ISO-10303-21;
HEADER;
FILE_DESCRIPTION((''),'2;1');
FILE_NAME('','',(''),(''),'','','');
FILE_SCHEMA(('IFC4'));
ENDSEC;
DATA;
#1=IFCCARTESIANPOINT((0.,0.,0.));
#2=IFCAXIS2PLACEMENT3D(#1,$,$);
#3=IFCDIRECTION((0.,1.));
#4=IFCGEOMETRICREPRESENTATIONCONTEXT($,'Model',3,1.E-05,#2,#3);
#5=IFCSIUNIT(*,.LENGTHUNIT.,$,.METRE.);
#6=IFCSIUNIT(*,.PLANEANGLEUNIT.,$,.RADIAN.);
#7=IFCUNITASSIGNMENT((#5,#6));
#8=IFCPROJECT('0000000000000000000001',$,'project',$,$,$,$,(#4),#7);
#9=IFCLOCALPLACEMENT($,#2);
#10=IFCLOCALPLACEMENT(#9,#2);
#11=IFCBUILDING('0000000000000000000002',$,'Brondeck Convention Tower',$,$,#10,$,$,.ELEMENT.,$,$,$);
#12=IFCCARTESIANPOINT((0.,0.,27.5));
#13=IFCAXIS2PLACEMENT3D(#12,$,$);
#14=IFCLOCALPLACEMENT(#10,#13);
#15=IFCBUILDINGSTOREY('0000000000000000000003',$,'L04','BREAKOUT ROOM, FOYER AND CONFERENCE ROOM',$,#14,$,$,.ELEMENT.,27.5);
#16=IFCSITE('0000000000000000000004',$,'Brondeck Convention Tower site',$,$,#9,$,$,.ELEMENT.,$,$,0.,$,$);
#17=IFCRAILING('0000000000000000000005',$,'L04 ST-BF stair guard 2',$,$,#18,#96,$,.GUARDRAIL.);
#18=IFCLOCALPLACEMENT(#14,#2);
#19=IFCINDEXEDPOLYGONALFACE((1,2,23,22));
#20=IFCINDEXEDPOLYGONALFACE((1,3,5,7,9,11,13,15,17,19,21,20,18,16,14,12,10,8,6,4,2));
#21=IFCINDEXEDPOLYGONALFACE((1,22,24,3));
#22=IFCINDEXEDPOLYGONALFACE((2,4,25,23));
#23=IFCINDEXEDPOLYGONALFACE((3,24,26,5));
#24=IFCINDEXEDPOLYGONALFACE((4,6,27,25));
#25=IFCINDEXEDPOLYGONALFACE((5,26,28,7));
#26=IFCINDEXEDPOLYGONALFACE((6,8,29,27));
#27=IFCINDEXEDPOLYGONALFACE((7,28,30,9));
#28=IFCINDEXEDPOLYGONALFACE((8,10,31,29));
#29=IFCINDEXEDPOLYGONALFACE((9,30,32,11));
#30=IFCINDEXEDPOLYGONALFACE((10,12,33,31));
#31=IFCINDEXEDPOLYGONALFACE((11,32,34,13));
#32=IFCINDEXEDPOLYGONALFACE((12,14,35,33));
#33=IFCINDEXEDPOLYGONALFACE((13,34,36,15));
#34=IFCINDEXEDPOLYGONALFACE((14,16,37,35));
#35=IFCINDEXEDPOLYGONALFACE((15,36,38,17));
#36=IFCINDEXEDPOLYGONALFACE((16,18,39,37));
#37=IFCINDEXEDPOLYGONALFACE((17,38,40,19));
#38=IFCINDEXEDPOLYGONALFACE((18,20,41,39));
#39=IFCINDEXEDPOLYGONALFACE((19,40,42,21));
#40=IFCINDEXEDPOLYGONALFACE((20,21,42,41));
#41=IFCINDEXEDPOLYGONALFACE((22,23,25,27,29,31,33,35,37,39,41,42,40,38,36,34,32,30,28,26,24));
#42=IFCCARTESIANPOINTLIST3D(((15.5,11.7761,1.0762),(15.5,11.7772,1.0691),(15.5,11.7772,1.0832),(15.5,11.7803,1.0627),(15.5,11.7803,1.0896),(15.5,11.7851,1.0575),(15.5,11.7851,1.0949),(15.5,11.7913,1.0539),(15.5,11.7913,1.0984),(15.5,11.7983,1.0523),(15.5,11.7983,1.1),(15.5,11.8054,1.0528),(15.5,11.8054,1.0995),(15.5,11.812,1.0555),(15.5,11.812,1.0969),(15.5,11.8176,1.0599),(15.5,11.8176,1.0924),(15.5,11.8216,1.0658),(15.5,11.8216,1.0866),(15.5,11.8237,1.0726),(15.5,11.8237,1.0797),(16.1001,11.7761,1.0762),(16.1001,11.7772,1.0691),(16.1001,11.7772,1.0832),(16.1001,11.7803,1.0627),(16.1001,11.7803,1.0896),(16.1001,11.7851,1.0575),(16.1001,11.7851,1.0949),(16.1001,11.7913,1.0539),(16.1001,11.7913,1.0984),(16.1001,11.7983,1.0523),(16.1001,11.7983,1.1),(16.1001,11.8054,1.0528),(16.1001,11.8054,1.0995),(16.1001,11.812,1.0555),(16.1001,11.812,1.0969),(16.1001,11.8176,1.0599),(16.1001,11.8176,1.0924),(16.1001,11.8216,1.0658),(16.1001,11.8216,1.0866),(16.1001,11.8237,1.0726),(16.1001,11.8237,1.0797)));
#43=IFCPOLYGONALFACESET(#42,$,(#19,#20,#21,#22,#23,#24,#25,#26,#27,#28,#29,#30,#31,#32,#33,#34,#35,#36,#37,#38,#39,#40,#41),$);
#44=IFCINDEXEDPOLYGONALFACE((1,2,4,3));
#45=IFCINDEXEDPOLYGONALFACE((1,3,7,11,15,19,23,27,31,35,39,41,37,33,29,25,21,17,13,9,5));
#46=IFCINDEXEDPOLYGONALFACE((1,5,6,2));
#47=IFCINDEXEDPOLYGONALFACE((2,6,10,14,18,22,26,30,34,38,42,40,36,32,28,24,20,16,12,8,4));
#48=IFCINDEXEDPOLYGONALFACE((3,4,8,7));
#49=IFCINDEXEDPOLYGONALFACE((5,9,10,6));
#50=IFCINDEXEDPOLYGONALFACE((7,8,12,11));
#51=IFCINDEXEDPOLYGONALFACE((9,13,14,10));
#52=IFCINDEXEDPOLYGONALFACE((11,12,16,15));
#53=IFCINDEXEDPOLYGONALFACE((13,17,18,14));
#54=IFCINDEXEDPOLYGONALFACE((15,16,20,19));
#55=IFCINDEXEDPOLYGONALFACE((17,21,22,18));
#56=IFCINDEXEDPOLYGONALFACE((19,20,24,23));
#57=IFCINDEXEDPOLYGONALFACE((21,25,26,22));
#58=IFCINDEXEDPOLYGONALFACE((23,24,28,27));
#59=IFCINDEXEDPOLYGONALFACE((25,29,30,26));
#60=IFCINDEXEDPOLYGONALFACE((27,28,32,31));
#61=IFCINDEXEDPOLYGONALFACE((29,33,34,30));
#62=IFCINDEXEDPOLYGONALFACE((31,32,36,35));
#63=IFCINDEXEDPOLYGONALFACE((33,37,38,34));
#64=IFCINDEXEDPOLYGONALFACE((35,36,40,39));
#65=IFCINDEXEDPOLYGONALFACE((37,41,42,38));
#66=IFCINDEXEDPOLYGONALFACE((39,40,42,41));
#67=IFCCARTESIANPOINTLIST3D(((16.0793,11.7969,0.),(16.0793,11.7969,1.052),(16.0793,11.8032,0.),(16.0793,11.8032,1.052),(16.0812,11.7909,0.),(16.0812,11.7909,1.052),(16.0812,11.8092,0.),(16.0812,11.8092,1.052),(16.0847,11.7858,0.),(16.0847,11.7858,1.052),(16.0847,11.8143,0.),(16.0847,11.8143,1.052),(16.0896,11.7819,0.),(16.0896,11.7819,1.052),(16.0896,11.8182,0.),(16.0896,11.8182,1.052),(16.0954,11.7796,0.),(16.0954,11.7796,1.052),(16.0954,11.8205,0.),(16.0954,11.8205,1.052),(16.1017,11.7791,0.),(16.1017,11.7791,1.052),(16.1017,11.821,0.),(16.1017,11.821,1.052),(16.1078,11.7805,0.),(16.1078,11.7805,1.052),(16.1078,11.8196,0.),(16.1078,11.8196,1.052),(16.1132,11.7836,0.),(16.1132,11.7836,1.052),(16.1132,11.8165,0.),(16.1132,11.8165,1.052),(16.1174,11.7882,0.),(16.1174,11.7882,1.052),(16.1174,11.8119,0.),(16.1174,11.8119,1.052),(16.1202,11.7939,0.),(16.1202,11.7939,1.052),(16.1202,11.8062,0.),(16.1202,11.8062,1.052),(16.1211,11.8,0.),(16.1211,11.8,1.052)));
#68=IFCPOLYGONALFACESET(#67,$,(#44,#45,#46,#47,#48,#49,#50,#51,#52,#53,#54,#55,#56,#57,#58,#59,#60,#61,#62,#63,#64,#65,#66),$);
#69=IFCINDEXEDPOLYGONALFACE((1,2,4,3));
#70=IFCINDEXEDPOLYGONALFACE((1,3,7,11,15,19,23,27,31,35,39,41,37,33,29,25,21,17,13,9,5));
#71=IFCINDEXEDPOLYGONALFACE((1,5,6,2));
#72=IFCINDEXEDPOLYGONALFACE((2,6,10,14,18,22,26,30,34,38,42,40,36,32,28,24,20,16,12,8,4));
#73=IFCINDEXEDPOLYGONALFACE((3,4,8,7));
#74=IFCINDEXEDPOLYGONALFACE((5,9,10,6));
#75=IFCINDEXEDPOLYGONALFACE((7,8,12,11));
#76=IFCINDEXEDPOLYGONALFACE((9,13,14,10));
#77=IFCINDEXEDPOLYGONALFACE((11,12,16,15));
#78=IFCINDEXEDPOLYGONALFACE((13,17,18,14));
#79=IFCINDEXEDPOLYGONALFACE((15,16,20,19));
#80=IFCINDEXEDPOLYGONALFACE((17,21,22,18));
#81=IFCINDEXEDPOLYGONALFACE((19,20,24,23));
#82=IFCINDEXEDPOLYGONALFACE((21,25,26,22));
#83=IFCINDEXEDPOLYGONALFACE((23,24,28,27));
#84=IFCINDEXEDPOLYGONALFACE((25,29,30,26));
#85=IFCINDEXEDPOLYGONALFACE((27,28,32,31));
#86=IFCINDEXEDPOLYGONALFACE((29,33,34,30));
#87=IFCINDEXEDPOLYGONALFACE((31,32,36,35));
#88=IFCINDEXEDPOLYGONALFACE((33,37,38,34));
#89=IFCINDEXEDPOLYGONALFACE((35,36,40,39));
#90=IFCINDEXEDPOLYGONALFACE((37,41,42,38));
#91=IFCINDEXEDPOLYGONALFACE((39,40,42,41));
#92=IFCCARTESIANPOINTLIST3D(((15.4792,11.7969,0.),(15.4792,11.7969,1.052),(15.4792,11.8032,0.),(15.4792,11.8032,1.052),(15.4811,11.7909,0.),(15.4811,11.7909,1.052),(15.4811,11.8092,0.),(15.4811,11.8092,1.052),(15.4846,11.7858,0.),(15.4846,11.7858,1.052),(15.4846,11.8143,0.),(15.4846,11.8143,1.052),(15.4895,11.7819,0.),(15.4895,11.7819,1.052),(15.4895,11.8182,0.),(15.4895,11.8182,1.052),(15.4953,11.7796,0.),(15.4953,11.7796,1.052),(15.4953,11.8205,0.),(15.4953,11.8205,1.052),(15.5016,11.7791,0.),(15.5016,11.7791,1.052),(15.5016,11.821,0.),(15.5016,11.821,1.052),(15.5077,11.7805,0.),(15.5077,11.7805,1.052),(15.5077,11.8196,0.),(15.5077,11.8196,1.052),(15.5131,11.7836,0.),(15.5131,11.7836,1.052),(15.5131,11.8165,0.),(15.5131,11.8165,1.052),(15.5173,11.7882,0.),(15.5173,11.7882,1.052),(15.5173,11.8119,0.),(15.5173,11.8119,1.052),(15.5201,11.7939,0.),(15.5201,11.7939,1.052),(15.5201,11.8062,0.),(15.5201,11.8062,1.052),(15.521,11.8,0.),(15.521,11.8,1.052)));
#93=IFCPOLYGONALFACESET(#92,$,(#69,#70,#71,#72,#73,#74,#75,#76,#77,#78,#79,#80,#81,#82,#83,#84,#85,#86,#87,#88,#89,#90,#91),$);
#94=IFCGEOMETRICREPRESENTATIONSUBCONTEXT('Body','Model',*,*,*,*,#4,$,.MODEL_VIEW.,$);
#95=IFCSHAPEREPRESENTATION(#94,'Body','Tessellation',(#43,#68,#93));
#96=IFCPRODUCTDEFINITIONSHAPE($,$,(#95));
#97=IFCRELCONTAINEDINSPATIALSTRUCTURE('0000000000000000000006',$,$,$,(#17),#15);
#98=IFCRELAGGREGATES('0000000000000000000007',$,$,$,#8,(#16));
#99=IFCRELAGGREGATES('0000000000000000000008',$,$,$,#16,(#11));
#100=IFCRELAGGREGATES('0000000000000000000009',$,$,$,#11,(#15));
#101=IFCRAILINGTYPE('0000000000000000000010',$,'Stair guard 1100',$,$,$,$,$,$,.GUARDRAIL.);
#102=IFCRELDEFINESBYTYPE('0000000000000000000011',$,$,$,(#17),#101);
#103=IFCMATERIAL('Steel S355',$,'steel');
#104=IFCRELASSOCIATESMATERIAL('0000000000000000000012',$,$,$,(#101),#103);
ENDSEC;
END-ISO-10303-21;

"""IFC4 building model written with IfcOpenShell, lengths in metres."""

from ifc_helpers import new_model, si_unit, direction, frame, origin, origin_2d, place, context, subcontext, project, spatial, circle, extrude, material, type_object, element, save


model = new_model("IFC4")

# Units and contexts
model_context = context("Model", 3, precision=1e-05, world=origin(), true_north=direction((0.0, 1.0)))
body_context = subcontext(model_context, "Body", "Model", "MODEL_VIEW")
ifc_project = project(units=[si_unit("LENGTHUNIT", "METRE"), si_unit("PLANEANGLEUNIT", "RADIAN")], contexts=[model_context])

# Site, building, storey
site_placement = place(None, origin())
site = spatial("IfcSite", under=ifc_project, at=site_placement, Name="Brondeck Convention Tower site", CompositionType="ELEMENT", RefElevation=0.0)
building_placement = place(site_placement, origin())
building = spatial("IfcBuilding", under=site, at=building_placement, Name="Brondeck Convention Tower", CompositionType="ELEMENT")
storey_placement = place(building_placement, frame((0.0, 0.0, 27.5)))
storey = spatial("IfcBuildingStorey", under=building, at=storey_placement, Name="L04", Description="BREAKOUT ROOM, FOYER AND CONFERENCE ROOM", CompositionType="ELEMENT", Elevation=27.5)

# Shared definitions
ifc_material_1 = material(Name="Steel S355", Category="steel")

# Railing
railing_type_1 = type_object("IfcRailingType", Name="Stair guard 1100", PredefinedType="GUARDRAIL", material=ifc_material_1)
railing_1_placement = place(storey_placement, frame((16.1001, 11.8, 0.0)))
element("IfcRailing", 1, at=railing_1_placement, inside=storey, type_object=railing_type_1, Name="L04 ST-BF stair guard 2", PredefinedType="GUARDRAIL", context=body_context, shape_type="SweptSolid", body=[
    extrude(circle(Radius=0.0239, at=origin_2d()), frame((0.0, 0.0, 1.0762), z_axis=(-1.0, 0.0, 0.0), x_axis=(0.0, -1.0, 0.0)), (0.0, 0.0, 1.0), 0.6001),
    extrude(circle(Radius=0.021, at=origin_2d()), origin(), (0.0, 0.0, 1.0), 1.052),
    extrude(circle(Radius=0.021, at=origin_2d()), frame((-0.6001, 0.0, 0.0)), (0.0, 0.0, 1.0), 1.052),
])

save(model, "model.ifc")
